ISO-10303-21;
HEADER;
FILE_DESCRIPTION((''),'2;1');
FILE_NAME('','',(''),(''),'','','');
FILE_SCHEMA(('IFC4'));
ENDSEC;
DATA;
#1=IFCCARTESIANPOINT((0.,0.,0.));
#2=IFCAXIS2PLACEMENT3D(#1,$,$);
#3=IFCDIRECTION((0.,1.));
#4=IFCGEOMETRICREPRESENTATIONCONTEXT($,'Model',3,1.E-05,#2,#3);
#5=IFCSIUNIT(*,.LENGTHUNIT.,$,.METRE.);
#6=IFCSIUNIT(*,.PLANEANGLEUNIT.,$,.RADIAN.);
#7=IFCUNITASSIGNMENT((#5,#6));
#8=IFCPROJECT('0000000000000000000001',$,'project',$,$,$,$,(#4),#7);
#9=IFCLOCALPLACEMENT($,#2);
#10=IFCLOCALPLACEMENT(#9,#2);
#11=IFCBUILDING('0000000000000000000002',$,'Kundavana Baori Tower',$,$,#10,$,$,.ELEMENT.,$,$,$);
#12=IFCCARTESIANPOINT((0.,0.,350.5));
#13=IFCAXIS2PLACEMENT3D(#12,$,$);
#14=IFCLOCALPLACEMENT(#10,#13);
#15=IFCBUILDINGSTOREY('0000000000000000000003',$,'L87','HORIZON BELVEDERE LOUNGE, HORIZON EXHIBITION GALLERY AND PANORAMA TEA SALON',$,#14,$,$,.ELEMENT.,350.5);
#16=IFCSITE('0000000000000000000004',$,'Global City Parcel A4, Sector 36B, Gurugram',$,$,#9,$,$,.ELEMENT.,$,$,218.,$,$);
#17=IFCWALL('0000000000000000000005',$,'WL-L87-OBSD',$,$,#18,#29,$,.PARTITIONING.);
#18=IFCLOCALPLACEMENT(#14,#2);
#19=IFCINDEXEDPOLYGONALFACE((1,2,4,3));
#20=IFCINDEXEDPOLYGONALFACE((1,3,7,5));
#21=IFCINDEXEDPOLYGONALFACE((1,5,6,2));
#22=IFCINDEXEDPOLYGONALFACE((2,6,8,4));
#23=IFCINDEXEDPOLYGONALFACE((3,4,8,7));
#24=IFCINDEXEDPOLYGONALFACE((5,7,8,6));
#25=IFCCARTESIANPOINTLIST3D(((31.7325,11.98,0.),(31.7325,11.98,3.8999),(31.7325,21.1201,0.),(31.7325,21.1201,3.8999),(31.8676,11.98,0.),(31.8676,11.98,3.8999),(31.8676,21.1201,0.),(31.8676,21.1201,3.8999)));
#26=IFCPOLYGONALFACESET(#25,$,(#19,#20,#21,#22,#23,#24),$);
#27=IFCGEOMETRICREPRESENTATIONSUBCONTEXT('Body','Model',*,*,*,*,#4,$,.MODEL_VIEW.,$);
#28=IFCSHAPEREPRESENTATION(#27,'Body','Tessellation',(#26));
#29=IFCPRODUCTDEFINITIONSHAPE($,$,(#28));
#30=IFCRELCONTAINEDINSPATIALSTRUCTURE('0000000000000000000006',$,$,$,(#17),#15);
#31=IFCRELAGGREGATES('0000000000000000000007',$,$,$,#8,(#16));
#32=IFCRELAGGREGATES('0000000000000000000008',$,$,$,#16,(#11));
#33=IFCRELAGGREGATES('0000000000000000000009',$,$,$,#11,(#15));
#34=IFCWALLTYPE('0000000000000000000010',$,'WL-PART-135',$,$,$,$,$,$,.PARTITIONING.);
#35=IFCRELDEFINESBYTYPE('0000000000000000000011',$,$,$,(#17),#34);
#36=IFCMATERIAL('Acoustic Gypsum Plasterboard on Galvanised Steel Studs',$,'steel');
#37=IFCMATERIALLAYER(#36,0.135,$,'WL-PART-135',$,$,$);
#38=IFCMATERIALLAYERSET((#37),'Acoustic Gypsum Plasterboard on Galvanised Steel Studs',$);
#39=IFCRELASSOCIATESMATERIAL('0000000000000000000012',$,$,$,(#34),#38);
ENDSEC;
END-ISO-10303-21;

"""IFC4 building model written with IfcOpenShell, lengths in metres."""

from ifc_helpers import new_model, si_unit, direction, frame, frame_2d, origin, place, context, subcontext, project, spatial, rectangle, extrude, material, layer, layer_set, type_object, element, save


model = new_model("IFC4")

# Units and contexts
model_context = context("Model", 3, precision=1e-05, world=origin(), true_north=direction((0.0, 1.0)))
body_context = subcontext(model_context, "Body", "Model", "MODEL_VIEW")
ifc_project = project(units=[si_unit("LENGTHUNIT", "METRE"), si_unit("PLANEANGLEUNIT", "RADIAN")], contexts=[model_context])

# Site, building, storey
site_placement = place(None, origin())
site = spatial("IfcSite", under=ifc_project, at=site_placement, Name="Global City Parcel A4, Sector 36B, Gurugram", CompositionType="ELEMENT", RefElevation=218.0)
building_placement = place(site_placement, origin())
building = spatial("IfcBuilding", under=site, at=building_placement, Name="Kundavana Baori Tower", CompositionType="ELEMENT")
storey_placement = place(building_placement, frame((0.0, 0.0, 350.5)))
storey = spatial("IfcBuildingStorey", under=building, at=storey_placement, Name="L87", Description="HORIZON BELVEDERE LOUNGE, HORIZON EXHIBITION GALLERY AND PANORAMA TEA SALON", CompositionType="ELEMENT", Elevation=350.5)

# Wall
ifc_material_1 = material(Name="Acoustic Gypsum Plasterboard on Galvanised Steel Studs", Category="steel")
ifc_layer_1 = layer(ifc_material_1, 0.135, Name="WL-PART-135")
ifc_layer_set_1 = layer_set([ifc_layer_1], Name="Acoustic Gypsum Plasterboard on Galvanised Steel Studs")
wall_type = type_object("IfcWallType", Name="WL-PART-135", PredefinedType="PARTITIONING", material=ifc_layer_set_1)
wall_placement = place(storey_placement, frame((31.8, 11.98, 0.0), z_axis=(0.0, 0.0, 1.0), x_axis=(0.0, 1.0, 0.0)))
element("IfcWall", 1, at=wall_placement, inside=storey, type_object=wall_type, Name="WL-L87-OBSD", PredefinedType="PARTITIONING", context=body_context, shape_type="SweptSolid", body=[
    extrude(rectangle(XDim=9.1401, YDim=0.135, at=frame_2d((4.5701, 0.0))), origin(), (0.0, 0.0, 1.0), 3.8999),
])

save(model, "model.ifc")
